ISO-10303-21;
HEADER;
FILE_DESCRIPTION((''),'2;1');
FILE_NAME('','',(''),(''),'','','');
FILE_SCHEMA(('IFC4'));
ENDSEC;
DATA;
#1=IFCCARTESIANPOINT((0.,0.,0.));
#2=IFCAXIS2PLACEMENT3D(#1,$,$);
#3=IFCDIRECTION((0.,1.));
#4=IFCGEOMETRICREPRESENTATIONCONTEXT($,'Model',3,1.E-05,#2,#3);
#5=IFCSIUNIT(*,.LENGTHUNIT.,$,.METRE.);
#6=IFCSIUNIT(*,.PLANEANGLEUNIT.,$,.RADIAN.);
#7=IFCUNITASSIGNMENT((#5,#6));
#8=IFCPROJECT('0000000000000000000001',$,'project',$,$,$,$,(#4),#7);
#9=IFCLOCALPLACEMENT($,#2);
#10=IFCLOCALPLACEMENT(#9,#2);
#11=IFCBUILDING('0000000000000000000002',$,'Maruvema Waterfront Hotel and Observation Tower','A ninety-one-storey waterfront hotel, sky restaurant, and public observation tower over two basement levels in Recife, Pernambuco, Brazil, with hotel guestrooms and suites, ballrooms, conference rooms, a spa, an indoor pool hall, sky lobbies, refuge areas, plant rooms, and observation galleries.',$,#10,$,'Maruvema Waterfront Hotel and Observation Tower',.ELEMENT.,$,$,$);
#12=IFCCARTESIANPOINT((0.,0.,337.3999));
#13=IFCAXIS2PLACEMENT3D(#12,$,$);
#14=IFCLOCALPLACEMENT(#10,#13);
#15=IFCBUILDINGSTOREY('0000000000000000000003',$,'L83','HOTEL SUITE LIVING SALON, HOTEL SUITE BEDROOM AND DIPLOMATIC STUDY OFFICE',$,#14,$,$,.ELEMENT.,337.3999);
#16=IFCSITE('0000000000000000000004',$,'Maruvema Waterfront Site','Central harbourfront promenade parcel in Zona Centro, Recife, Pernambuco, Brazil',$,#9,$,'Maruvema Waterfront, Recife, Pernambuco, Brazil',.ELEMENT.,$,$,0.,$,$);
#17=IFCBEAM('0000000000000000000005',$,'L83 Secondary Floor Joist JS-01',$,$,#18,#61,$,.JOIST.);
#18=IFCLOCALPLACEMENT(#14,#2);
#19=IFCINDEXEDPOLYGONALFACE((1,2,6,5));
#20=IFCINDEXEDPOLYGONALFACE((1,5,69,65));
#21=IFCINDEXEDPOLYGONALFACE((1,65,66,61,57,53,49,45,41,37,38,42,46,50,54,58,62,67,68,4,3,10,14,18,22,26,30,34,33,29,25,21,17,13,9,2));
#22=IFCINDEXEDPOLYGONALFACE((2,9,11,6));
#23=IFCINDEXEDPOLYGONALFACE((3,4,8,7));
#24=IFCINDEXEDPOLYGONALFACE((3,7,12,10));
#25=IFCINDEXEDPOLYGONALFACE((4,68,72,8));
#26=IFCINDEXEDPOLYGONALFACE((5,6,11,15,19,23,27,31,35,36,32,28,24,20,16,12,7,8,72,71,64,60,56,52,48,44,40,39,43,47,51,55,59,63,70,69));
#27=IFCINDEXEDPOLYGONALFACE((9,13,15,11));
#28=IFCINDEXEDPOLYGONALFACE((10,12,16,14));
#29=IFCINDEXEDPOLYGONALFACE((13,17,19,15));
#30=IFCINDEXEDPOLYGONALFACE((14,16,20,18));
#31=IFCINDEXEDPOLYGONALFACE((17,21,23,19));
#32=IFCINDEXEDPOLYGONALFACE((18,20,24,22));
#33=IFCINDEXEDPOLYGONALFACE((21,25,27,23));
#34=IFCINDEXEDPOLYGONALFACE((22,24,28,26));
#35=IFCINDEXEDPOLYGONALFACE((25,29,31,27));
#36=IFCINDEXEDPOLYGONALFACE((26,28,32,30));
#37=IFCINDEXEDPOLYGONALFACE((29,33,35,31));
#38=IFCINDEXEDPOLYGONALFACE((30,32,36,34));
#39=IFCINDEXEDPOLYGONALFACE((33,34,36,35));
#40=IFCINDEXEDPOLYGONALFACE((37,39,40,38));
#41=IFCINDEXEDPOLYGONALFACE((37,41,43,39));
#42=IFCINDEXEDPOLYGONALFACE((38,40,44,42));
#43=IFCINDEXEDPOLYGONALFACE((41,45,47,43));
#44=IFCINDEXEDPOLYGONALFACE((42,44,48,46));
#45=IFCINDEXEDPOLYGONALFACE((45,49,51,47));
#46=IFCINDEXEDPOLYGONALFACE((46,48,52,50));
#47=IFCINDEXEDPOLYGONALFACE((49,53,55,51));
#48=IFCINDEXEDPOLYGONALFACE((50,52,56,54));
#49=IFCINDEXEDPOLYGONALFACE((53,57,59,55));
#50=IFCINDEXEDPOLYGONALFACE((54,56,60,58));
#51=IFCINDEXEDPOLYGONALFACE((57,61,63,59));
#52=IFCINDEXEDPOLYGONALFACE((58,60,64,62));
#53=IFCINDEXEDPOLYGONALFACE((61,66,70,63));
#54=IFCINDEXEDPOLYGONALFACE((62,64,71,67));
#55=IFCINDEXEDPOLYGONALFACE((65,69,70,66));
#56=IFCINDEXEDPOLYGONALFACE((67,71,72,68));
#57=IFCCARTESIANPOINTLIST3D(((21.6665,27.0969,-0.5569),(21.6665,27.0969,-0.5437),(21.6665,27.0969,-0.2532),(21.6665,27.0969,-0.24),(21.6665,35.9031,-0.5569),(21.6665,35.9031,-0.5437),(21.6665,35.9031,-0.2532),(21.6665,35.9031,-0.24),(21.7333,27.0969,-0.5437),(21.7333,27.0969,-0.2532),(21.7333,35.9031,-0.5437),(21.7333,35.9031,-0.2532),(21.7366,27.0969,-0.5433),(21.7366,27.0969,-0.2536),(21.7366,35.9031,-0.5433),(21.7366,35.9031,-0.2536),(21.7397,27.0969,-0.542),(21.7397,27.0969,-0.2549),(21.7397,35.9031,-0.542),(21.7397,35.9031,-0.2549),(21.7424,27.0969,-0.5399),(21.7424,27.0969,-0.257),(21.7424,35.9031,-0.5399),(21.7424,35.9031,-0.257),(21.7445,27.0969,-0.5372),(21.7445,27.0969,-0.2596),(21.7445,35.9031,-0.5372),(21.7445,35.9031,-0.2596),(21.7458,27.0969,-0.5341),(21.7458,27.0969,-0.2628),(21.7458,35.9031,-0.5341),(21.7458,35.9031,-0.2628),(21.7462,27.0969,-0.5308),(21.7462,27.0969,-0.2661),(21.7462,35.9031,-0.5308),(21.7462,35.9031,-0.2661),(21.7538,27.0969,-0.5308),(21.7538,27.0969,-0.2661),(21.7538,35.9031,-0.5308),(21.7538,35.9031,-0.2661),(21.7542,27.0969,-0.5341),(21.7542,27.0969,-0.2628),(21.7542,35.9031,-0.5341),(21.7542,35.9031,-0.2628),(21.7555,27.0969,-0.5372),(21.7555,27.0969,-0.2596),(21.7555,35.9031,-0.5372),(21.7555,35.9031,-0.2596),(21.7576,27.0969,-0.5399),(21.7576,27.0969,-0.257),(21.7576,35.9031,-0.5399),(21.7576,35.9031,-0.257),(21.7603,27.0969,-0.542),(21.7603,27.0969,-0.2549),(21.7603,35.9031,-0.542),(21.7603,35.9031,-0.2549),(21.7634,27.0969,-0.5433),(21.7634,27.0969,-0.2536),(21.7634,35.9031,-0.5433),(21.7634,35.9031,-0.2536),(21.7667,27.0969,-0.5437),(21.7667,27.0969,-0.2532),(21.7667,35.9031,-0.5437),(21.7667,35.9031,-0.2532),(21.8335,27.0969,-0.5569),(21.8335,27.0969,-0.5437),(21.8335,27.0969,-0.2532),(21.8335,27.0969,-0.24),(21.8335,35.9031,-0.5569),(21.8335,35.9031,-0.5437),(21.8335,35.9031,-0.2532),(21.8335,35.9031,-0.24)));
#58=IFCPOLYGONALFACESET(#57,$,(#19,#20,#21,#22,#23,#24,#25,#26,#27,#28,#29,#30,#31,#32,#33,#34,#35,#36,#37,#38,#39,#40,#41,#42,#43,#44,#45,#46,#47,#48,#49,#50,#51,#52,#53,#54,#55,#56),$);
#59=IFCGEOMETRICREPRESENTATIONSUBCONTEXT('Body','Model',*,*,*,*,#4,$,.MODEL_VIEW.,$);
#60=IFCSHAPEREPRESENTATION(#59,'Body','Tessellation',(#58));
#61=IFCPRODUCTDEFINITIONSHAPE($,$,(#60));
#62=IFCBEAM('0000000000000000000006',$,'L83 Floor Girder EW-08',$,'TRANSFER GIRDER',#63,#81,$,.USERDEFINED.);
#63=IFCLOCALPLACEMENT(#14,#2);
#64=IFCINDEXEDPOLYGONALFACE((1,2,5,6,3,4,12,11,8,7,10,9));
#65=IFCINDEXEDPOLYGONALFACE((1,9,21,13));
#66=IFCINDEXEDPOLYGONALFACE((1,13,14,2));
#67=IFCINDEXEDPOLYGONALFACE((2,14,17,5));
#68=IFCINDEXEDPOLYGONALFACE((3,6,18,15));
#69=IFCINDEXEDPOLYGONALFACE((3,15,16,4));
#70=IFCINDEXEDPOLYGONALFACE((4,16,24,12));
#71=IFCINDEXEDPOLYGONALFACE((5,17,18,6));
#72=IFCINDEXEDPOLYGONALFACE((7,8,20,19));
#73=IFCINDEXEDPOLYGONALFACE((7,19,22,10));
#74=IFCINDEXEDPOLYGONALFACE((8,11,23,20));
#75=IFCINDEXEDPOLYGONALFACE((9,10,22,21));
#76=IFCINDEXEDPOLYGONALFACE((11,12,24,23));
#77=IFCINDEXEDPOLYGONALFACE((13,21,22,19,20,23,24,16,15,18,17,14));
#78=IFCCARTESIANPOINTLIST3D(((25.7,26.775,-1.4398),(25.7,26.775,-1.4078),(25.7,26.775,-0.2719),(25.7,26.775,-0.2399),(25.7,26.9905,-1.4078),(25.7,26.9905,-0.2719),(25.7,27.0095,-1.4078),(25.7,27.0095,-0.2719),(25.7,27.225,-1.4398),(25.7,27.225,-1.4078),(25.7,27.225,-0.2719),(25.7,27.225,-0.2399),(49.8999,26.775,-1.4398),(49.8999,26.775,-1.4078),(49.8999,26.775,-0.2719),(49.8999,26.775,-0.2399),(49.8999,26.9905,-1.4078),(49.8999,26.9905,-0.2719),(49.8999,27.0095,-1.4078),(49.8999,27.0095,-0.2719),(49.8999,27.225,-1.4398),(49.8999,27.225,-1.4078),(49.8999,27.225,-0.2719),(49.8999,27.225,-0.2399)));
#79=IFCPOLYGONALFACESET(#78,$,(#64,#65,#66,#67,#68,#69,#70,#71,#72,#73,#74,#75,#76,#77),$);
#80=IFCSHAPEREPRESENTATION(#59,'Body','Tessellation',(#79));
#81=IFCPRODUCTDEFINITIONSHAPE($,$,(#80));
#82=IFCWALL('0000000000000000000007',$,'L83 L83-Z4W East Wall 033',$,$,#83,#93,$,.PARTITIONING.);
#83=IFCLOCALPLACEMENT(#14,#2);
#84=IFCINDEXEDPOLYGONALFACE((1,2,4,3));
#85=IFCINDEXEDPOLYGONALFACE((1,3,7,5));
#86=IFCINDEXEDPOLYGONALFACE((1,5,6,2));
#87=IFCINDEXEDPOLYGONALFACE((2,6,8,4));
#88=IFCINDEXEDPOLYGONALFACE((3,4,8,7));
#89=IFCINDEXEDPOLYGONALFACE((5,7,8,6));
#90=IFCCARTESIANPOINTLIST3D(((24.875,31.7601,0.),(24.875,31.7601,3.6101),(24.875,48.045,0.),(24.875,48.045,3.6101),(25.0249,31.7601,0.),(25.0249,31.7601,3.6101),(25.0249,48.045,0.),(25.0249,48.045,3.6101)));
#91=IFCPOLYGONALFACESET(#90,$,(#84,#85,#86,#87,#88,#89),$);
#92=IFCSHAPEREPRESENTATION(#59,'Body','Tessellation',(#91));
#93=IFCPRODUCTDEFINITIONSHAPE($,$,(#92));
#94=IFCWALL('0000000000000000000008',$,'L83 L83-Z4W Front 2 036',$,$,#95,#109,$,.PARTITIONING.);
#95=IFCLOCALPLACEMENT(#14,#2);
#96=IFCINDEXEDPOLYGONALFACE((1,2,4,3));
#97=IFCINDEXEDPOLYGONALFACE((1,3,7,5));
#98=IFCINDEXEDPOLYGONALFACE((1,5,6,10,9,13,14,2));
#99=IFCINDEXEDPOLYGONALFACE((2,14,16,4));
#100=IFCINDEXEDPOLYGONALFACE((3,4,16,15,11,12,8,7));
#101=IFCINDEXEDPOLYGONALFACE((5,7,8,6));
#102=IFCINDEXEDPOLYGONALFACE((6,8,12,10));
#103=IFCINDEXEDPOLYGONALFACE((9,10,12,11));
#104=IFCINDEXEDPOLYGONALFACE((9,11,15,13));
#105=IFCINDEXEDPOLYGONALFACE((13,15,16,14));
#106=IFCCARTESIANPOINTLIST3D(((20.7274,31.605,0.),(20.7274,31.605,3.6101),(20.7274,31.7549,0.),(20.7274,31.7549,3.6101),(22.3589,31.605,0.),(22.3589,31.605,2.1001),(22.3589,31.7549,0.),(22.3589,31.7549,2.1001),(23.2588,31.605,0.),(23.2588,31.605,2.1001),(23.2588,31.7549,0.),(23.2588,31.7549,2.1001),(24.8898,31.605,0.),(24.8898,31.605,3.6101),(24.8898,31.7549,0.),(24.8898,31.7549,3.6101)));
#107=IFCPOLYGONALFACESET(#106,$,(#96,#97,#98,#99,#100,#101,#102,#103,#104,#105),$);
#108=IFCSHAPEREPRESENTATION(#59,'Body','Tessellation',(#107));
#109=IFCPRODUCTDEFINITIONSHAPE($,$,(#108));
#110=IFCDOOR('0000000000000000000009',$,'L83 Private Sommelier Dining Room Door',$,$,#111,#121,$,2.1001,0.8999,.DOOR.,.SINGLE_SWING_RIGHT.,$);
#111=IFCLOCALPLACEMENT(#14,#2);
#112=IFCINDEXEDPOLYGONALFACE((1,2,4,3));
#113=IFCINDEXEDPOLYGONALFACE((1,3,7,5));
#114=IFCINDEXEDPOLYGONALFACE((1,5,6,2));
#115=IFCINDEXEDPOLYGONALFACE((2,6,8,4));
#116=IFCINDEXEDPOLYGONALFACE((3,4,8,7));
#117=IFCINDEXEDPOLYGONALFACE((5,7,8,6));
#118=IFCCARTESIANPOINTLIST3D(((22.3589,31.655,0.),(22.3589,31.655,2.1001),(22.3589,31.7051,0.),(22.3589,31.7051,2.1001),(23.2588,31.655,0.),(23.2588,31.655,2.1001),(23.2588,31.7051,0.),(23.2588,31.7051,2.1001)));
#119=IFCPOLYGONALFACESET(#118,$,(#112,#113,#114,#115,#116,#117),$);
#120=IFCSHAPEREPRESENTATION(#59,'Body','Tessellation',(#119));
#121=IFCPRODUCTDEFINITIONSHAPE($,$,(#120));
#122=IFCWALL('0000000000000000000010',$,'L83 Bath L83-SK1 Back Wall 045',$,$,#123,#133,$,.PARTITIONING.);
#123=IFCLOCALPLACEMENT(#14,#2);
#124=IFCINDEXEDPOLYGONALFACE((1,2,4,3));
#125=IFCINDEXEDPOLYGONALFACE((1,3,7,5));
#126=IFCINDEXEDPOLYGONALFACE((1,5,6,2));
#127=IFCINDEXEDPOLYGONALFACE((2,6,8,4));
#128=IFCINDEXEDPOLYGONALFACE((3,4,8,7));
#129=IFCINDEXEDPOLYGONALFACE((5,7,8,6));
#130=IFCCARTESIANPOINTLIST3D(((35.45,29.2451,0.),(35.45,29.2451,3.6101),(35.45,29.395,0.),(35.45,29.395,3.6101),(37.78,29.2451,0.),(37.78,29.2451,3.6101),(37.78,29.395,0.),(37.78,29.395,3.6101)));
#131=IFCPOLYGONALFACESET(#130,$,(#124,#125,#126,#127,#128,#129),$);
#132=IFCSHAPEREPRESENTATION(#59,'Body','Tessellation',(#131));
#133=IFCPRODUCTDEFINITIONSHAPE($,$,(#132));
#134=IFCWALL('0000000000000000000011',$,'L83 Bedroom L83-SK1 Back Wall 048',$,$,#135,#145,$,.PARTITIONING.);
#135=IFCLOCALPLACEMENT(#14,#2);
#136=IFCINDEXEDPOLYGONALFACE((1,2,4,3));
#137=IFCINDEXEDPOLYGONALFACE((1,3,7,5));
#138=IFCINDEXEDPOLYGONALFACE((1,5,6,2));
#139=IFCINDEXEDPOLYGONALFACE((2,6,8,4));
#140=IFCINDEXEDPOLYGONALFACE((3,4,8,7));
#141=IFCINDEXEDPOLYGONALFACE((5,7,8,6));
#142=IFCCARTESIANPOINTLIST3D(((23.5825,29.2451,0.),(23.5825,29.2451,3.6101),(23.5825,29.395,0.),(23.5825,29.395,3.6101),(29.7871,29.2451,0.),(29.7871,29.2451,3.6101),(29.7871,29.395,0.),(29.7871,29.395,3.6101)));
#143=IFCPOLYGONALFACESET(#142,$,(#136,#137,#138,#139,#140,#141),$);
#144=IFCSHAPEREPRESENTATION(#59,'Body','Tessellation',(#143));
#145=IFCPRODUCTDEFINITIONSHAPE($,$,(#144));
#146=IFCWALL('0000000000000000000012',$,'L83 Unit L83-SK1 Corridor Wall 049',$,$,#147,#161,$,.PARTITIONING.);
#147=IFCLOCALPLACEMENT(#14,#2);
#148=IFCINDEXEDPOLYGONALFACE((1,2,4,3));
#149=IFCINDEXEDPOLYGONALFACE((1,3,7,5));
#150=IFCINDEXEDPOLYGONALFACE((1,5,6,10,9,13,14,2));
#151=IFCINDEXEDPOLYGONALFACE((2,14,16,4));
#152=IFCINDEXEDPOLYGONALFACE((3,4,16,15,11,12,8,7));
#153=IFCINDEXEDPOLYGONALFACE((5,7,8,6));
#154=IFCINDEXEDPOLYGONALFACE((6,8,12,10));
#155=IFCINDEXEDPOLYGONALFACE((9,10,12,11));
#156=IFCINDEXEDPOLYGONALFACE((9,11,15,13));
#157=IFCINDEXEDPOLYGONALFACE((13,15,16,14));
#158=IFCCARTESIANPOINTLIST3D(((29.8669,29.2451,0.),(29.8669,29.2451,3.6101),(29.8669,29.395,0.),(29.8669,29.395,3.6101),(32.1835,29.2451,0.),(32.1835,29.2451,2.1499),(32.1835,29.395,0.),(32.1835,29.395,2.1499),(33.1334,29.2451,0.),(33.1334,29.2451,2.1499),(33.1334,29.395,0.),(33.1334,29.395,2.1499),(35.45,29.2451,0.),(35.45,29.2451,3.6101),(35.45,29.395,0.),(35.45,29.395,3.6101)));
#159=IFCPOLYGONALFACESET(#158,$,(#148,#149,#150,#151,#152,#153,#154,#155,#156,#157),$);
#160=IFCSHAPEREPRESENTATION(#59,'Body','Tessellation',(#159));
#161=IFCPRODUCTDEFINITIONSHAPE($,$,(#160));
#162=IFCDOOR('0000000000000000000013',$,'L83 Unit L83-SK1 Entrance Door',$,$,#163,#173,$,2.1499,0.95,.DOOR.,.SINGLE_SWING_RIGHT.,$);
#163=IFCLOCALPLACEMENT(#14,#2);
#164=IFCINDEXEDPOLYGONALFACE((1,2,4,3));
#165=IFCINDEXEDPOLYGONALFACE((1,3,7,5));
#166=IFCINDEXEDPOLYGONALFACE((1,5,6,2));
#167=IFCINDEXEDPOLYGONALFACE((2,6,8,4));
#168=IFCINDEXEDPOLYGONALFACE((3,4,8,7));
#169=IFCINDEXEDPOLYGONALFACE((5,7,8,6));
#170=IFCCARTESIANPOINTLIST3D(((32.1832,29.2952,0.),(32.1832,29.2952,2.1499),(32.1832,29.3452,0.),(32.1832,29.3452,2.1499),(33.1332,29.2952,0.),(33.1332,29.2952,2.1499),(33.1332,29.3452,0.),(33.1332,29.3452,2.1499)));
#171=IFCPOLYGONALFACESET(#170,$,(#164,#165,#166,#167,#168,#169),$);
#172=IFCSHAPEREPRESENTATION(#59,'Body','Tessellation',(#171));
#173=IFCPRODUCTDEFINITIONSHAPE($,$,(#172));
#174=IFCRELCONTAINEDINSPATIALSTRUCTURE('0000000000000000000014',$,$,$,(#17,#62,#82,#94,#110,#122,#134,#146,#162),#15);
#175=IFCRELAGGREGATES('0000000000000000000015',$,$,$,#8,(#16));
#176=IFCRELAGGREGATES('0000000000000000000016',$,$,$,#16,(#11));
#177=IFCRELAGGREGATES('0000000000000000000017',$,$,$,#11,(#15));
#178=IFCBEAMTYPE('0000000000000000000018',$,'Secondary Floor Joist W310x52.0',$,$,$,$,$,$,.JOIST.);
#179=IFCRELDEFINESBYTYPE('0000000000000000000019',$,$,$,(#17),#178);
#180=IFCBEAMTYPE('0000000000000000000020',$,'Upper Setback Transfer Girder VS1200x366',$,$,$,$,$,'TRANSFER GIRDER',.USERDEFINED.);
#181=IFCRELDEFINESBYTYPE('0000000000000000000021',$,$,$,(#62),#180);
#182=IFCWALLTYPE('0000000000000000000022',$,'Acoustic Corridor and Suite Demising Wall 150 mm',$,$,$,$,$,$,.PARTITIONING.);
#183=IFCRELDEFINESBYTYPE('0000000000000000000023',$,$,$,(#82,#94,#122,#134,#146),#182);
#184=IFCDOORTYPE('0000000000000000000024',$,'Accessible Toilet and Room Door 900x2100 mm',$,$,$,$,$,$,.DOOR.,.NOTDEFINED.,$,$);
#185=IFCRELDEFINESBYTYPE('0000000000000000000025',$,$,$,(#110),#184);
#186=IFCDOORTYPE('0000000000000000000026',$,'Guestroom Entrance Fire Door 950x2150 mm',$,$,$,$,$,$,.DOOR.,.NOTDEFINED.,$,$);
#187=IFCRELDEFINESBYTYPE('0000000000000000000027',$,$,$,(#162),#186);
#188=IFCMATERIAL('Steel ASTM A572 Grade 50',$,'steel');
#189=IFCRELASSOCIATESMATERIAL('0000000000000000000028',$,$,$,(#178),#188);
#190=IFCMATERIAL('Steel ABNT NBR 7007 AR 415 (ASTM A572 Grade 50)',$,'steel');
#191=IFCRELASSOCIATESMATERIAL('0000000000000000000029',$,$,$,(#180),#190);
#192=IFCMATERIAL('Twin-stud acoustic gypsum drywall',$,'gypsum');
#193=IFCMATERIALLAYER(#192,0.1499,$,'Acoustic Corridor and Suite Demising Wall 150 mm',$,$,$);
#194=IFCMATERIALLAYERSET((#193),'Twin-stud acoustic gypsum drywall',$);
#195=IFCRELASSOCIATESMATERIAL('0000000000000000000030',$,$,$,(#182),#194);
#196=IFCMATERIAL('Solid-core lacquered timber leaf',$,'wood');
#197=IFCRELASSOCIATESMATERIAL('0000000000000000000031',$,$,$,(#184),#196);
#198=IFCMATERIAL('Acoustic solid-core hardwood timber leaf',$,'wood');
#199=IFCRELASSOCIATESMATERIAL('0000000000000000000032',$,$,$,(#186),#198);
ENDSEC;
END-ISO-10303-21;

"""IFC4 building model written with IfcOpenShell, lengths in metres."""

from ifc_helpers import new_model, si_unit, direction, frame, frame_2d, origin, origin_2d, place, context, subcontext, project, spatial, rectangle, i_section, extrude, material, layer, layer_set, material_profile, profile_set, type_object, element, fill, save


model = new_model("IFC4")

# Units and contexts
model_context = context("Model", 3, precision=1e-05, world=origin(), true_north=direction((0.0, 1.0)))
body_context = subcontext(model_context, "Body", "Model", "MODEL_VIEW")
ifc_project = project(units=[si_unit("LENGTHUNIT", "METRE"), si_unit("PLANEANGLEUNIT", "RADIAN")], contexts=[model_context])

# Site, building, storey
site_placement = place(None, origin())
site = spatial("IfcSite", under=ifc_project, at=site_placement, Name="Maruvema Waterfront Site", Description="Central harbourfront promenade parcel in Zona Centro, Recife, Pernambuco, Brazil", LongName="Maruvema Waterfront, Recife, Pernambuco, Brazil", CompositionType="ELEMENT", RefElevation=0.0)
building_placement = place(site_placement, origin())
building = spatial("IfcBuilding", under=site, at=building_placement, Name="Maruvema Waterfront Hotel and Observation Tower", Description="A ninety-one-storey waterfront hotel, sky restaurant, and public observation tower over two basement levels in Recife, Pernambuco, Brazil, with hotel guestrooms and suites, ballrooms, conference rooms, a spa, an indoor pool hall, sky lobbies, refuge areas, plant rooms, and observation galleries.", LongName="Maruvema Waterfront Hotel and Observation Tower", CompositionType="ELEMENT")
storey_placement = place(building_placement, frame((0.0, 0.0, 337.3999)))
storey = spatial("IfcBuildingStorey", under=building, at=storey_placement, Name="L83", Description="HOTEL SUITE LIVING SALON, HOTEL SUITE BEDROOM AND DIPLOMATIC STUDY OFFICE", CompositionType="ELEMENT", Elevation=337.3999)

# Beams
ifc_material_1 = material(Name="Steel ASTM A572 Grade 50", Category="steel")
ifc_material_profile_1 = material_profile(ifc_material_1, i_section(OverallWidth=0.167, OverallDepth=0.3169, WebThickness=0.0076, FlangeThickness=0.0132, FilletRadius=0.0129, at=origin_2d()), Name="W310x52.0")
ifc_profile_set_1 = profile_set([ifc_material_profile_1], Name="Steel ASTM A572 Grade 50")
beam_type_1 = type_object("IfcBeamType", Name="Secondary Floor Joist W310x52.0", PredefinedType="JOIST", material=ifc_profile_set_1)
beam_1_placement = place(storey_placement, frame((21.75, 27.0969, -0.3984), z_axis=(0.0, 1.0, 0.0), x_axis=(-1.0, 0.0, 0.0)))
element("IfcBeam", 1, at=beam_1_placement, inside=storey, type_object=beam_type_1, Name="L83 Secondary Floor Joist JS-01", PredefinedType="JOIST", context=body_context, shape_type="SweptSolid", body=[
    extrude(i_section(OverallWidth=0.167, OverallDepth=0.3169, WebThickness=0.0076, FlangeThickness=0.0132, FilletRadius=0.0129, at=origin_2d()), origin(), (0.0, 0.0, 1.0), 8.8062),
])
ifc_material_2 = material(Name="Steel ABNT NBR 7007 AR 415 (ASTM A572 Grade 50)", Category="steel")
ifc_material_profile_2 = material_profile(ifc_material_2, i_section(OverallWidth=0.45, OverallDepth=1.2, WebThickness=0.019, FlangeThickness=0.032, at=origin_2d()), Name="VS1200x366")
ifc_profile_set_2 = profile_set([ifc_material_profile_2], Name="Steel ABNT NBR 7007 AR 415 (ASTM A572 Grade 50)")
beam_type_2 = type_object("IfcBeamType", Name="Upper Setback Transfer Girder VS1200x366", ElementType="TRANSFER GIRDER", PredefinedType="USERDEFINED", material=ifc_profile_set_2)
beam_2_placement = place(storey_placement, frame((25.7, 27.0, -0.8398), z_axis=(1.0, 0.0, 0.0), x_axis=(0.0, 1.0, 0.0)))
element("IfcBeam", 2, at=beam_2_placement, inside=storey, type_object=beam_type_2, Name="L83 Floor Girder EW-08", ObjectType="TRANSFER GIRDER", PredefinedType="USERDEFINED", context=body_context, shape_type="SweptSolid", body=[
    extrude(i_section(OverallWidth=0.45, OverallDepth=1.2, WebThickness=0.019, FlangeThickness=0.032, at=origin_2d()), origin(), (0.0, 0.0, 1.0), 24.2),
])

# Wall
ifc_material_3 = material(Name="Twin-stud acoustic gypsum drywall", Category="gypsum")
ifc_layer_1 = layer(ifc_material_3, 0.1499, Name="Acoustic Corridor and Suite Demising Wall 150 mm")
ifc_layer_set_1 = layer_set([ifc_layer_1], Name="Twin-stud acoustic gypsum drywall")
wall_type_1 = type_object("IfcWallType", Name="Acoustic Corridor and Suite Demising Wall 150 mm", PredefinedType="PARTITIONING", material=ifc_layer_set_1)
wall_1_placement = place(storey_placement, frame((24.95, 31.76, 0.0), z_axis=(0.0, 0.0, 1.0), x_axis=(0.0, 1.0, 0.0)))
element("IfcWall", 3, at=wall_1_placement, inside=storey, type_object=wall_type_1, Name="L83 L83-Z4W East Wall 033", PredefinedType="PARTITIONING", context=body_context, shape_type="SweptSolid", body=[
    extrude(rectangle(XDim=16.2849, YDim=0.1499, at=frame_2d((8.1426, 0.0))), origin(), (0.0, 0.0, 1.0), 3.6101),
])

# Wall, opening, door
wall_2_placement = place(storey_placement, frame((20.7275, 31.6799, 0.0), z_axis=(0.0, 0.0, 1.0), x_axis=(1.0, 0.0, 0.0)))
wall_2 = element("IfcWall", 4, at=wall_2_placement, inside=storey, type_object=wall_type_1, Name="L83 L83-Z4W Front 2 036", PredefinedType="PARTITIONING", context=body_context, shape_type="SweptSolid", body=[
    extrude(rectangle(XDim=4.1624, YDim=0.1499, at=frame_2d((2.0811, 0.0))), origin(), (0.0, 0.0, 1.0), 3.6101),
])
opening_1_placement = place(wall_2_placement, frame((1.6313, 0.0, 0.0)))
opening_1 = element("IfcOpeningElement", 5, at=opening_1_placement, cuts=wall_2, PredefinedType="OPENING", context=body_context, shape_type="SweptSolid", body=[
    extrude(rectangle(XDim=0.8999, YDim=2.1001, at=frame_2d((0.45, 1.05))), frame((0.0, 0.085, 0.0), z_axis=(0.0, -1.0, 0.0), x_axis=(1.0, 0.0, 0.0)), (0.0, 0.0, 1.0), 0.1699),
])
ifc_material_4 = material(Name="Solid-core lacquered timber leaf", Category="wood")
door_type_1 = type_object("IfcDoorType", Name="Accessible Toilet and Room Door 900x2100 mm", OperationType="NOTDEFINED", PredefinedType="DOOR", material=ifc_material_4)
door_1_placement = place(opening_1_placement, frame((0.8999, 0.0, 0.0), z_axis=(0.0, 0.0, 1.0), x_axis=(-1.0, 0.0, 0.0)))
door_1 = element("IfcDoor", 6, at=door_1_placement, inside=storey, type_object=door_type_1, Name="L83 Private Sommelier Dining Room Door", OperationType="SINGLE_SWING_RIGHT", OverallHeight=2.1001, OverallWidth=0.8999, PredefinedType="DOOR", context=body_context, shape_type="SweptSolid", body=[
    extrude(rectangle(XDim=0.8999, YDim=2.1001, at=frame_2d((0.45, 1.05))), frame((0.0, 0.0249, 0.0), z_axis=(0.0, -1.0, 0.0), x_axis=(1.0, 0.0, 0.0)), (0.0, 0.0, 1.0), 0.05),
])
fill(opening_1, door_1)

# Walls
wall_3_placement = place(storey_placement, frame((35.45, 29.3201, 0.0), z_axis=(0.0, 0.0, 1.0), x_axis=(1.0, 0.0, 0.0)))
element("IfcWall", 7, at=wall_3_placement, inside=storey, type_object=wall_type_1, Name="L83 Bath L83-SK1 Back Wall 045", PredefinedType="PARTITIONING", context=body_context, shape_type="SweptSolid", body=[
    extrude(rectangle(XDim=2.3301, YDim=0.1499, at=frame_2d((1.165, 0.0))), origin(), (0.0, 0.0, 1.0), 3.6101),
])
wall_4_placement = place(storey_placement, frame((23.5825, 29.3201, 0.0), z_axis=(0.0, 0.0, 1.0), x_axis=(1.0, 0.0, 0.0)))
element("IfcWall", 8, at=wall_4_placement, inside=storey, type_object=wall_type_1, Name="L83 Bedroom L83-SK1 Back Wall 048", PredefinedType="PARTITIONING", context=body_context, shape_type="SweptSolid", body=[
    extrude(rectangle(XDim=6.2046, YDim=0.1499, at=frame_2d((3.1023, 0.0))), origin(), (0.0, 0.0, 1.0), 3.6101),
])

# Wall, opening, door
wall_5_placement = place(storey_placement, frame((29.8669, 29.3201, 0.0), z_axis=(0.0, 0.0, 1.0), x_axis=(1.0, 0.0, 0.0)))
wall_5 = element("IfcWall", 9, at=wall_5_placement, inside=storey, type_object=wall_type_1, Name="L83 Unit L83-SK1 Corridor Wall 049", PredefinedType="PARTITIONING", context=body_context, shape_type="SweptSolid", body=[
    extrude(rectangle(XDim=5.583, YDim=0.1499, at=frame_2d((2.7915, 0.0))), origin(), (0.0, 0.0, 1.0), 3.6101),
])
opening_2_placement = place(wall_5_placement, frame((2.3164, 0.0, 0.0)))
opening_2 = element("IfcOpeningElement", 10, at=opening_2_placement, cuts=wall_5, PredefinedType="OPENING", context=body_context, shape_type="SweptSolid", body=[
    extrude(rectangle(XDim=0.95, YDim=2.1499, at=frame_2d((0.4751, 1.075))), frame((0.0, 0.085, 0.0), z_axis=(0.0, -1.0, 0.0), x_axis=(1.0, 0.0, 0.0)), (0.0, 0.0, 1.0), 0.1699),
])
ifc_material_5 = material(Name="Acoustic solid-core hardwood timber leaf", Category="wood")
door_type_2 = type_object("IfcDoorType", Name="Guestroom Entrance Fire Door 950x2150 mm", OperationType="NOTDEFINED", PredefinedType="DOOR", material=ifc_material_5)
door_2_placement = place(opening_2_placement, frame((0.95, 0.0, 0.0), z_axis=(0.0, 0.0, 1.0), x_axis=(-1.0, 0.0, 0.0)))
door_2 = element("IfcDoor", 11, at=door_2_placement, inside=storey, type_object=door_type_2, Name="L83 Unit L83-SK1 Entrance Door", OperationType="SINGLE_SWING_RIGHT", OverallHeight=2.1499, OverallWidth=0.95, PredefinedType="DOOR", context=body_context, shape_type="SweptSolid", body=[
    extrude(rectangle(XDim=0.95, YDim=2.1499, at=frame_2d((0.4751, 1.075))), frame((0.0, 0.0249, 0.0), z_axis=(0.0, -1.0, 0.0), x_axis=(1.0, 0.0, 0.0)), (0.0, 0.0, 1.0), 0.05),
])
fill(opening_2, door_2)

save(model, "model.ifc")
